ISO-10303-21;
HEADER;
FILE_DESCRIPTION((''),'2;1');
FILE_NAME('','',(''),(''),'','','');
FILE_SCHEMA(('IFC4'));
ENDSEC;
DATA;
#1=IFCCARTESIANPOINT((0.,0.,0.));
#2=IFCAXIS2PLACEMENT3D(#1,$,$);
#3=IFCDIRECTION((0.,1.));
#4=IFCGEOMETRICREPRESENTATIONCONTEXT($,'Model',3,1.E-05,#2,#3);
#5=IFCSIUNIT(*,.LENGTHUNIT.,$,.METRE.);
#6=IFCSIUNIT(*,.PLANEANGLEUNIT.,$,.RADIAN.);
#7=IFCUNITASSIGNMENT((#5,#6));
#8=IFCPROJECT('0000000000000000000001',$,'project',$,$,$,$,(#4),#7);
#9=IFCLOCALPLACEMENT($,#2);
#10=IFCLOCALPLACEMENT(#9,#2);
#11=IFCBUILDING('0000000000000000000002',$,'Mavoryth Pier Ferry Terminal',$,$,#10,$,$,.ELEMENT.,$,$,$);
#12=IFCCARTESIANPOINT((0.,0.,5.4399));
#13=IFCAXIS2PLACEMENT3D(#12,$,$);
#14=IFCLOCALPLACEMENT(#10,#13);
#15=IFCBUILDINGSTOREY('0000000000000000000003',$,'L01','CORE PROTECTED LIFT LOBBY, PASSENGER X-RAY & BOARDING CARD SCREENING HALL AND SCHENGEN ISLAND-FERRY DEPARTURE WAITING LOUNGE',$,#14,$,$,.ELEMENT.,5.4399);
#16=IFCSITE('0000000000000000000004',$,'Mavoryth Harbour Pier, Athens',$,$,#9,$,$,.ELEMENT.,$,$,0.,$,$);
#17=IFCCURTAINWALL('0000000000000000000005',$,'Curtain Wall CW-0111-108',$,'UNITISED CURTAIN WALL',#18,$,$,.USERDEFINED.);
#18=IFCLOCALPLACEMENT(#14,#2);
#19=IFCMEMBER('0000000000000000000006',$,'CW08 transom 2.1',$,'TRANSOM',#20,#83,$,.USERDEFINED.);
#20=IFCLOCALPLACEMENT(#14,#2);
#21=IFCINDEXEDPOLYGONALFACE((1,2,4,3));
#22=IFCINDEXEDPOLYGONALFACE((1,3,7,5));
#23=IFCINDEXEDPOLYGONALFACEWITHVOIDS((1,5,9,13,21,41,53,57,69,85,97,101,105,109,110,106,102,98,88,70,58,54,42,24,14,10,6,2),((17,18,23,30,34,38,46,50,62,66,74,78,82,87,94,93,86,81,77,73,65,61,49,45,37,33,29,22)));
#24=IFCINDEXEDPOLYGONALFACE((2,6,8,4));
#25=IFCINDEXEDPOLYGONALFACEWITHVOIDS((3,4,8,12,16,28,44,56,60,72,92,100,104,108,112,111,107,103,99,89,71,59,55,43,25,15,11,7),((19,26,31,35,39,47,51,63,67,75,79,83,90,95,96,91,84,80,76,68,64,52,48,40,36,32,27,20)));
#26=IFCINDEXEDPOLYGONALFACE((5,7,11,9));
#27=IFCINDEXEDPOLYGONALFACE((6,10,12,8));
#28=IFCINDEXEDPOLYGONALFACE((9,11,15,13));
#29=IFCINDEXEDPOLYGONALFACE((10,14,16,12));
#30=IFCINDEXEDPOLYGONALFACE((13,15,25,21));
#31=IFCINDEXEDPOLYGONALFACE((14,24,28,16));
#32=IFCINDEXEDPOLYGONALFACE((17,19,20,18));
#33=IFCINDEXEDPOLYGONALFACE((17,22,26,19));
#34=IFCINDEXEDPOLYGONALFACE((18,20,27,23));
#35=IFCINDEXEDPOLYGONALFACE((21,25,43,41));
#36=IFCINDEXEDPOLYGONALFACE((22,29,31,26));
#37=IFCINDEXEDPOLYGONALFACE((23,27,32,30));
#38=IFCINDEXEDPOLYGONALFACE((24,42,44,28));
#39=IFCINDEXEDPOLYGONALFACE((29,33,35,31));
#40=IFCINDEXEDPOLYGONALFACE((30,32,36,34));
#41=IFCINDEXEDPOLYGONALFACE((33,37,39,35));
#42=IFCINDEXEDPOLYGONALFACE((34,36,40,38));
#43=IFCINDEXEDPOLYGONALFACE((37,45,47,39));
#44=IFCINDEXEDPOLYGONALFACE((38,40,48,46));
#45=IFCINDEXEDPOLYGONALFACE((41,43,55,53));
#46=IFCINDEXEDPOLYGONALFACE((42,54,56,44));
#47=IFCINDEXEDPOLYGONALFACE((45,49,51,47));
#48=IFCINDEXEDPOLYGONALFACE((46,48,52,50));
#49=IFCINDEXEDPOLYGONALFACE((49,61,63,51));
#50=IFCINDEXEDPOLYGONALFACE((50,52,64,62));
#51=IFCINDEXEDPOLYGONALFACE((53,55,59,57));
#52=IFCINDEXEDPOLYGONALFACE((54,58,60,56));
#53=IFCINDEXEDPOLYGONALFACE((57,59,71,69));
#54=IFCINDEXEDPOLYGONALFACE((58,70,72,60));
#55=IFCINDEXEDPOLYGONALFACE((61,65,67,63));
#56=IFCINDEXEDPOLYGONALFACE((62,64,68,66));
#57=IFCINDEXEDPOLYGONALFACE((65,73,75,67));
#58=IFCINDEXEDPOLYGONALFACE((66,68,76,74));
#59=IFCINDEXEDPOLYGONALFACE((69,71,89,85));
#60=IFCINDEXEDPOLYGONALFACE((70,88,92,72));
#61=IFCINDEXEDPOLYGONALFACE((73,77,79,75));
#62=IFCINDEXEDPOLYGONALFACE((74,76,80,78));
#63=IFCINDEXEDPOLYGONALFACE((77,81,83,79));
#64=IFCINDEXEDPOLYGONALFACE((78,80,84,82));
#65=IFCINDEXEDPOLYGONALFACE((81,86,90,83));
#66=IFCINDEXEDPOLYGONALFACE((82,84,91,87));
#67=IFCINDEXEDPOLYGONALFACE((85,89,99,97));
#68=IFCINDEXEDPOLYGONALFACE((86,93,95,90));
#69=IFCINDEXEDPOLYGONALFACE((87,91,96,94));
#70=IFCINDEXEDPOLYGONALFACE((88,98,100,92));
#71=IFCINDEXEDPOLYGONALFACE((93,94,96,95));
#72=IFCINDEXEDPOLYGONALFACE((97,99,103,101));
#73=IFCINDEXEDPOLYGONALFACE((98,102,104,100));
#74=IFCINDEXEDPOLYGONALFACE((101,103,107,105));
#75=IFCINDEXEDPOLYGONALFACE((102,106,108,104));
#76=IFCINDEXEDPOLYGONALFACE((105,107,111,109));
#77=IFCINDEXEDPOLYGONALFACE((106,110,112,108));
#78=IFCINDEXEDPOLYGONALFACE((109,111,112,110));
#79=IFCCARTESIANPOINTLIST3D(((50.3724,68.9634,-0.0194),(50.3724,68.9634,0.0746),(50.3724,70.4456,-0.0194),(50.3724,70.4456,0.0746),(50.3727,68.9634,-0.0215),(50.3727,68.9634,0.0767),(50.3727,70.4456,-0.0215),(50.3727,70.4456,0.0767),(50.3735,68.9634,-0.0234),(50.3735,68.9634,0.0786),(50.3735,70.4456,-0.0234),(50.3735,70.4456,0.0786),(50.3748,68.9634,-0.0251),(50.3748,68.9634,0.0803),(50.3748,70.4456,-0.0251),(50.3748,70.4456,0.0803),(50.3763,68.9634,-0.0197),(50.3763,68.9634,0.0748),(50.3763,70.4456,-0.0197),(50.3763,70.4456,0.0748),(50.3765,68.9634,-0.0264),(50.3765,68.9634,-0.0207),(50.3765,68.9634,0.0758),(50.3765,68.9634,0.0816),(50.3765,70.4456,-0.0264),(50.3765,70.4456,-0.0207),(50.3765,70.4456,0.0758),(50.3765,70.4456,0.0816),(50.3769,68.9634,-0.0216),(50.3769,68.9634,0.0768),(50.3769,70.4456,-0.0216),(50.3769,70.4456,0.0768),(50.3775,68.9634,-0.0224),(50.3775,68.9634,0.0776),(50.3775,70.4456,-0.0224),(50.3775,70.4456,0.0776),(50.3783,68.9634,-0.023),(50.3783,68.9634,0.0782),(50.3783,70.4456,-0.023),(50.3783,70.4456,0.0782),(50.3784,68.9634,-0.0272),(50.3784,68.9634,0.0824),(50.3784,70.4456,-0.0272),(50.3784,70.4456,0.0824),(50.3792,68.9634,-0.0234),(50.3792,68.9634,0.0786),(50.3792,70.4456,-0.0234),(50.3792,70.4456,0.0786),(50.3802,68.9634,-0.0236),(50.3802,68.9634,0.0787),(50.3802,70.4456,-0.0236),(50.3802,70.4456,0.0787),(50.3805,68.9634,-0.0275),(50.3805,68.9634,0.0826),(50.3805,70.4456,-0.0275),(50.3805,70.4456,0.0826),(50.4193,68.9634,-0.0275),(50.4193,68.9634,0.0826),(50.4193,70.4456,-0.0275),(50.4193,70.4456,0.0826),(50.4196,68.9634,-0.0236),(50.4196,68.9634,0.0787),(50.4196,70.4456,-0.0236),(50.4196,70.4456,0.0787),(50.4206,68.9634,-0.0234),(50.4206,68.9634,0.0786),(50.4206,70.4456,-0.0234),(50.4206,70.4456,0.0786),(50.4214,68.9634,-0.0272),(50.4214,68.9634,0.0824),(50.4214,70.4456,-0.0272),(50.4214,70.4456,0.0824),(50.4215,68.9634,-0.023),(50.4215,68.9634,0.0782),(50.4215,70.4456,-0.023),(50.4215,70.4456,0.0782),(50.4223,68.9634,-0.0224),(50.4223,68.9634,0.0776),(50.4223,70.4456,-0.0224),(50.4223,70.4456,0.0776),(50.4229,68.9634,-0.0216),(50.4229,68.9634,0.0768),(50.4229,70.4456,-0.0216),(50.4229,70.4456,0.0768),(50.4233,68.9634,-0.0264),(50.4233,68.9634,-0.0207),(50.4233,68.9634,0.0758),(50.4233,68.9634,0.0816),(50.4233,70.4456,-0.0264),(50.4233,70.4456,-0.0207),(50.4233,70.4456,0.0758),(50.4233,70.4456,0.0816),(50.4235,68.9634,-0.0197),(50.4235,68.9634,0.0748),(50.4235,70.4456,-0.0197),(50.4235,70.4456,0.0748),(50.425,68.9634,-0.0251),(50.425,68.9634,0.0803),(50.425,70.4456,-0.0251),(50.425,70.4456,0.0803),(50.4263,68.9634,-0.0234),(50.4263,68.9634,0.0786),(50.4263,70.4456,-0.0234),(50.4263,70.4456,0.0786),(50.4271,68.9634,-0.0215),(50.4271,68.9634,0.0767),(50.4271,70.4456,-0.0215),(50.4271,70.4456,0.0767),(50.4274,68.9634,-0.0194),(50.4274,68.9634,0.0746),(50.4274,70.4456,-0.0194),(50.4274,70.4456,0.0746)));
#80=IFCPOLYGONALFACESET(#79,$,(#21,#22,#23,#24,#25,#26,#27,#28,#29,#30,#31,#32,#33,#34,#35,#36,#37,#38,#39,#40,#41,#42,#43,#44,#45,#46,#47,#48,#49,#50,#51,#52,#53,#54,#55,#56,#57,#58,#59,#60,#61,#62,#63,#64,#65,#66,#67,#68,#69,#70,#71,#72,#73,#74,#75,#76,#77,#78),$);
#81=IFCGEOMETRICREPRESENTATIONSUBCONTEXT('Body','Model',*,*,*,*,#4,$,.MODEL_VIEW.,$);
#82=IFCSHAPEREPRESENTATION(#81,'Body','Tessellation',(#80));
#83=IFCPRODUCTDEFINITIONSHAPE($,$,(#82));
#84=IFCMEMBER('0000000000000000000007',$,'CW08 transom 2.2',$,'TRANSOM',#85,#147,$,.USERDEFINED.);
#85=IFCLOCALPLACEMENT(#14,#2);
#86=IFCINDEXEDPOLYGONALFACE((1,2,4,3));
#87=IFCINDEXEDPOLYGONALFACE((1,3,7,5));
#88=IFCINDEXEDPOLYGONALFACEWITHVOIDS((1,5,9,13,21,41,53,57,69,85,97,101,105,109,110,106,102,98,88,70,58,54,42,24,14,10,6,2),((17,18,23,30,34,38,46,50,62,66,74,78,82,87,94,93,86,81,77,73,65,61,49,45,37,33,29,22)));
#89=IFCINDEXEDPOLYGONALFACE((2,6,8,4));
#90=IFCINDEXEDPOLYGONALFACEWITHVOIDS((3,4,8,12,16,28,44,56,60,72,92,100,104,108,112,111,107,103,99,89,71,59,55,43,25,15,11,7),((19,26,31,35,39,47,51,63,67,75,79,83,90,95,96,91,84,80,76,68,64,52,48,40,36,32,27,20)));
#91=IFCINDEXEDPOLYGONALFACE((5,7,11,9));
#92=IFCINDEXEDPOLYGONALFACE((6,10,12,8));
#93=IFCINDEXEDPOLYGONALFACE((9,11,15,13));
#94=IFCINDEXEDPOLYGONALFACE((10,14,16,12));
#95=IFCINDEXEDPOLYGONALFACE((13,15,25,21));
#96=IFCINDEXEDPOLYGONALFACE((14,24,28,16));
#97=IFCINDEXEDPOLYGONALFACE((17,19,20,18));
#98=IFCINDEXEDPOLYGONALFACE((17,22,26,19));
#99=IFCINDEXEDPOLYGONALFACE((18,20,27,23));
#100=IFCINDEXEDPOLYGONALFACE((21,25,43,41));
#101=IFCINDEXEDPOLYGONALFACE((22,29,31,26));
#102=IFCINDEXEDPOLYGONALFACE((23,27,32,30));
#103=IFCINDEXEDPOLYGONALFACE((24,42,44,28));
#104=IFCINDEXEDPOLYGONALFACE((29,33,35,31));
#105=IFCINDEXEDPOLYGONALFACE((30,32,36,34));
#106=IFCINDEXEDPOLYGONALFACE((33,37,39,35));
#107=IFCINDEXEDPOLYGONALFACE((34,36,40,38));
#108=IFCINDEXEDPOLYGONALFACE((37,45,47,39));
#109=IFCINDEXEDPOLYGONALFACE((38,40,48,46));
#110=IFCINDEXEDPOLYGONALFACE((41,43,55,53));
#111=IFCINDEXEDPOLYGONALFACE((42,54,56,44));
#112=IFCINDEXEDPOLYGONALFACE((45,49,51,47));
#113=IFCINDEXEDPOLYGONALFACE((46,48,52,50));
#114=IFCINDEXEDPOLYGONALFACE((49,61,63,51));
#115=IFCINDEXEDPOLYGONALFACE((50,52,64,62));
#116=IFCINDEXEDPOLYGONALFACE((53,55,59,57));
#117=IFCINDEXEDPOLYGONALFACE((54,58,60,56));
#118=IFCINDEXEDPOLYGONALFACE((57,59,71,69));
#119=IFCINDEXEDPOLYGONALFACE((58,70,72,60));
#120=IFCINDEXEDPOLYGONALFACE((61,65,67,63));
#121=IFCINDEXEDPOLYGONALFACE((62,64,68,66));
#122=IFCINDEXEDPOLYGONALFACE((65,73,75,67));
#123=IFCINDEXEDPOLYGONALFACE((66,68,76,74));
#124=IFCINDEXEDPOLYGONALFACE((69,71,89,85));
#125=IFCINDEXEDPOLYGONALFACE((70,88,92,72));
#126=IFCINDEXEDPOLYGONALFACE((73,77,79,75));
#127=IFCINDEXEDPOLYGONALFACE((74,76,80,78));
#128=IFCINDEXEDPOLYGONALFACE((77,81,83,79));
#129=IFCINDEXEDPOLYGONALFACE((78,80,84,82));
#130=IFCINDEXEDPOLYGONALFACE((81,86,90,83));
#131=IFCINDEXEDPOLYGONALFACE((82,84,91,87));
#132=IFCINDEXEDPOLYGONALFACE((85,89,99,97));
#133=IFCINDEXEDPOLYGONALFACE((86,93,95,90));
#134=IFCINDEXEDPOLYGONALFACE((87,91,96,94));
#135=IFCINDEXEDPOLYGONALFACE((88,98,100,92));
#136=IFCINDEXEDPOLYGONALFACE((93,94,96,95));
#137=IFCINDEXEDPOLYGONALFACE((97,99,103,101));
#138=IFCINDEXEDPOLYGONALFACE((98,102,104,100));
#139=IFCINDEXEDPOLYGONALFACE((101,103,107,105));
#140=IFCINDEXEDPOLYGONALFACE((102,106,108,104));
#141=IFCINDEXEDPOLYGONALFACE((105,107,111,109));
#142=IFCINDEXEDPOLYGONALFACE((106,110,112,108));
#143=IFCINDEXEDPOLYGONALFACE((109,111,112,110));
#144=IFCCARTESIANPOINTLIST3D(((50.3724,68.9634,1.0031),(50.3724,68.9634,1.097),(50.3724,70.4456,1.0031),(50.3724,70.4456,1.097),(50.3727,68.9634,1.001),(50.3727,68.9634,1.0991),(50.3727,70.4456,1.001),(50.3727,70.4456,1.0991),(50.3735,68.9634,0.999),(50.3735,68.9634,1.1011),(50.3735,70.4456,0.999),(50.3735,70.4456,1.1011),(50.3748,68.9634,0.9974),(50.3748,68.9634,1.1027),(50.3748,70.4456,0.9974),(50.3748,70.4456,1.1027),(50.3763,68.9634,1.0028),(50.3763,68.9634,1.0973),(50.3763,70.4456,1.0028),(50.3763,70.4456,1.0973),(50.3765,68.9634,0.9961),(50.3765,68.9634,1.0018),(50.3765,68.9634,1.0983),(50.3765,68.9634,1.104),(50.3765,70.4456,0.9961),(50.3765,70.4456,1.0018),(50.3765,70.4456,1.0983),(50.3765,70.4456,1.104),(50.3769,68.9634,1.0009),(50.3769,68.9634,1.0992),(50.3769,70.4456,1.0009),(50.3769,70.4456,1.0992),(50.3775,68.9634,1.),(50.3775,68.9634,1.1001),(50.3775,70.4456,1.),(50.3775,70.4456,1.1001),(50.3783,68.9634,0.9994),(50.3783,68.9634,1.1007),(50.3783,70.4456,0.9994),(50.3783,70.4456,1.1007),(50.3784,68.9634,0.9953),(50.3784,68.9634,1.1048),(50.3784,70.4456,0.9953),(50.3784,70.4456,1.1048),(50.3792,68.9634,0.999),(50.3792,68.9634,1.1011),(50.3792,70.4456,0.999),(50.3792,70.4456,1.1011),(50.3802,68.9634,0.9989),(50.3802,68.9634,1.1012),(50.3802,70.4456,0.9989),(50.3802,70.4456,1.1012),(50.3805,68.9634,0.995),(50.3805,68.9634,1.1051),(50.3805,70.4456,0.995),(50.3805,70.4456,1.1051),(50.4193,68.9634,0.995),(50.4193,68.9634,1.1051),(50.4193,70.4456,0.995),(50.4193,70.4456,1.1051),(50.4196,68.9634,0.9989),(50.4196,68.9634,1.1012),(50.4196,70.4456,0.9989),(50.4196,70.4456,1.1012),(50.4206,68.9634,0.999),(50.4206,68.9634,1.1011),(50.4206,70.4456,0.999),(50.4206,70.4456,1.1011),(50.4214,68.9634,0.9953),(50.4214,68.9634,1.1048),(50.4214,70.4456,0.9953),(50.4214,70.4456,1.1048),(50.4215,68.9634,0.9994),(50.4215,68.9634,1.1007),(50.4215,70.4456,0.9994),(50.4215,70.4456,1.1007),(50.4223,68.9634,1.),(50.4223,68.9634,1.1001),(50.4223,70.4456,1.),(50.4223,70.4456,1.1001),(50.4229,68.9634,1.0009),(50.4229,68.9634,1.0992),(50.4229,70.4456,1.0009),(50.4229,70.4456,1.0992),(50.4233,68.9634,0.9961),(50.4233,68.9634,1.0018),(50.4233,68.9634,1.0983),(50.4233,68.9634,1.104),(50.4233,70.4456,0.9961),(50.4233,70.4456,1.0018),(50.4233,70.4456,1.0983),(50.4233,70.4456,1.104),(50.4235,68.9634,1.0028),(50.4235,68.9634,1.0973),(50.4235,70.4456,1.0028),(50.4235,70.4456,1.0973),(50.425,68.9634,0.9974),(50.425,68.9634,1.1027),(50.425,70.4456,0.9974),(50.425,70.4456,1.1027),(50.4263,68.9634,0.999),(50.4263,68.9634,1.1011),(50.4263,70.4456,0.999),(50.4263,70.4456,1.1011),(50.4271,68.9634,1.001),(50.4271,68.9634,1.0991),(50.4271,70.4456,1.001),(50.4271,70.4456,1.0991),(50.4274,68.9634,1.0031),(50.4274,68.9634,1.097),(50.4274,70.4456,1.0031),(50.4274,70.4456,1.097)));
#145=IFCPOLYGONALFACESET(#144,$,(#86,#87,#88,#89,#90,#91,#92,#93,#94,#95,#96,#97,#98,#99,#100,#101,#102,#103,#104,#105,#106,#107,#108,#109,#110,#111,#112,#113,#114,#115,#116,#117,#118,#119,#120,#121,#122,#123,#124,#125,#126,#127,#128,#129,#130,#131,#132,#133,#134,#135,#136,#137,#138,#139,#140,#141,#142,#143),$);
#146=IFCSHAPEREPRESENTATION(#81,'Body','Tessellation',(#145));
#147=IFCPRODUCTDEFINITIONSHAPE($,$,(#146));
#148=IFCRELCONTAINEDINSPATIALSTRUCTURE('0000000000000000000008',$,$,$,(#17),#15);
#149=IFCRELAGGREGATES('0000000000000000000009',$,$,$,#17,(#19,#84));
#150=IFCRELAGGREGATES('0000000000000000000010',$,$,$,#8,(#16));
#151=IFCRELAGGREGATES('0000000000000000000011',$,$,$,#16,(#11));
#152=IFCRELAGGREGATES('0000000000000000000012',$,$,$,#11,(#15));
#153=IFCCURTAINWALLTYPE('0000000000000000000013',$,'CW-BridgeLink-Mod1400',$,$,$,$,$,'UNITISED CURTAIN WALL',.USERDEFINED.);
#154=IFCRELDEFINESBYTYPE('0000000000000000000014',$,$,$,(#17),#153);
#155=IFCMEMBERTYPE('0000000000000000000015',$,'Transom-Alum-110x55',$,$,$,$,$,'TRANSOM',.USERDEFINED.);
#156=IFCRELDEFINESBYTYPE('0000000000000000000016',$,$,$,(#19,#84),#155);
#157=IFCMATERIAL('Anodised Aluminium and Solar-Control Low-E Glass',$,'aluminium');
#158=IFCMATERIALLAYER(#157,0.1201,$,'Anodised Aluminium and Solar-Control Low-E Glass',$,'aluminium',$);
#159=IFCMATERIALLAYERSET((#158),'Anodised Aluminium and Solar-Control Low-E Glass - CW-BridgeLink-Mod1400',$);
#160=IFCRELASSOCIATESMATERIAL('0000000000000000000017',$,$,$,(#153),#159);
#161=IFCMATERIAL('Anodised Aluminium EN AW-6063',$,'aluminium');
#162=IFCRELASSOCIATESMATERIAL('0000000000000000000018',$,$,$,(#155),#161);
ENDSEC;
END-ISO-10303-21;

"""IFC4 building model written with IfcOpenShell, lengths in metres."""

from ifc_helpers import new_model, si_unit, direction, frame, origin, origin_2d, place, context, subcontext, project, spatial, hollow_rectangle, extrude, material, layer, layer_set, material_profile, profile_set, type_object, element, aggregate, save


model = new_model("IFC4")

# Units and contexts
model_context = context("Model", 3, precision=1e-05, world=origin(), true_north=direction((0.0, 1.0)))
body_context = subcontext(model_context, "Body", "Model", "MODEL_VIEW")
ifc_project = project(units=[si_unit("LENGTHUNIT", "METRE"), si_unit("PLANEANGLEUNIT", "RADIAN")], contexts=[model_context])

# Site, building, storey
site_placement = place(None, origin())
site = spatial("IfcSite", under=ifc_project, at=site_placement, Name="Mavoryth Harbour Pier, Athens", CompositionType="ELEMENT", RefElevation=0.0)
building_placement = place(site_placement, origin())
building = spatial("IfcBuilding", under=site, at=building_placement, Name="Mavoryth Pier Ferry Terminal", CompositionType="ELEMENT")
storey_placement = place(building_placement, frame((0.0, 0.0, 5.4399)))
storey = spatial("IfcBuildingStorey", under=building, at=storey_placement, Name="L01", Description="CORE PROTECTED LIFT LOBBY, PASSENGER X-RAY & BOARDING CARD SCREENING HALL AND SCHENGEN ISLAND-FERRY DEPARTURE WAITING LOUNGE", CompositionType="ELEMENT", Elevation=5.4399)

# Curtain wall
ifc_material_1 = material(Name="Anodised Aluminium and Solar-Control Low-E Glass", Category="aluminium")
ifc_layer_1 = layer(ifc_material_1, 0.1201, Name="Anodised Aluminium and Solar-Control Low-E Glass", Category="aluminium")
ifc_layer_set_1 = layer_set([ifc_layer_1], Name="Anodised Aluminium and Solar-Control Low-E Glass - CW-BridgeLink-Mod1400")
curtain_wall_type = type_object("IfcCurtainWallType", Name="CW-BridgeLink-Mod1400", ElementType="UNITISED CURTAIN WALL", PredefinedType="USERDEFINED", material=ifc_layer_set_1)
curtain_wall_1_placement = place(storey_placement, origin())
curtain_wall_1 = element("IfcCurtainWall", 1, at=curtain_wall_1_placement, inside=storey, type_object=curtain_wall_type, Name="Curtain Wall CW-0111-108", ObjectType="UNITISED CURTAIN WALL", PredefinedType="USERDEFINED")
ifc_material_2 = material(Name="Anodised Aluminium EN AW-6063", Category="aluminium")

# Members
ifc_material_profile_1 = material_profile(ifc_material_2, hollow_rectangle(XDim=0.0549, YDim=0.1101, WallThickness=0.0039, InnerFilletRadius=0.0039, OuterFilletRadius=0.0081, at=origin_2d()), Name="AL-TRAN 110x55x4", Category="aluminium")
ifc_profile_set_1 = profile_set([ifc_material_profile_1], Name="Anodised Aluminium EN AW-6063 - AL-TRAN 110x55x4")
member_type_1 = type_object("IfcMemberType", Name="Transom-Alum-110x55", ElementType="TRANSOM", PredefinedType="USERDEFINED", material=ifc_profile_set_1)
member_1_placement = place(storey_placement, frame((50.3999, 70.4456, 0.0276), z_axis=(0.0, -1.0, 0.0), x_axis=(1.0, 0.0, 0.0)))
member_1 = element("IfcMember", 2, at=member_1_placement, type_object=member_type_1, Name="CW08 transom 2.1", ObjectType="TRANSOM", PredefinedType="USERDEFINED", context=body_context, shape_type="SweptSolid", body=[
    extrude(hollow_rectangle(XDim=0.0549, YDim=0.1101, WallThickness=0.0039, InnerFilletRadius=0.0039, OuterFilletRadius=0.0081, at=origin_2d()), origin(), (0.0, 0.0, 1.0), 1.4822),
])
member_2_placement = place(storey_placement, frame((50.3999, 70.4456, 1.05), z_axis=(0.0, -1.0, 0.0), x_axis=(1.0, 0.0, 0.0)))
member_2 = element("IfcMember", 3, at=member_2_placement, type_object=member_type_1, Name="CW08 transom 2.2", ObjectType="TRANSOM", PredefinedType="USERDEFINED", context=body_context, shape_type="SweptSolid", body=[
    extrude(hollow_rectangle(XDim=0.0549, YDim=0.1101, WallThickness=0.0039, InnerFilletRadius=0.0039, OuterFilletRadius=0.0081, at=origin_2d()), origin(), (0.0, 0.0, 1.0), 1.4822),
])

aggregate(curtain_wall_1, [member_1, member_2])

save(model, "model.ifc")
